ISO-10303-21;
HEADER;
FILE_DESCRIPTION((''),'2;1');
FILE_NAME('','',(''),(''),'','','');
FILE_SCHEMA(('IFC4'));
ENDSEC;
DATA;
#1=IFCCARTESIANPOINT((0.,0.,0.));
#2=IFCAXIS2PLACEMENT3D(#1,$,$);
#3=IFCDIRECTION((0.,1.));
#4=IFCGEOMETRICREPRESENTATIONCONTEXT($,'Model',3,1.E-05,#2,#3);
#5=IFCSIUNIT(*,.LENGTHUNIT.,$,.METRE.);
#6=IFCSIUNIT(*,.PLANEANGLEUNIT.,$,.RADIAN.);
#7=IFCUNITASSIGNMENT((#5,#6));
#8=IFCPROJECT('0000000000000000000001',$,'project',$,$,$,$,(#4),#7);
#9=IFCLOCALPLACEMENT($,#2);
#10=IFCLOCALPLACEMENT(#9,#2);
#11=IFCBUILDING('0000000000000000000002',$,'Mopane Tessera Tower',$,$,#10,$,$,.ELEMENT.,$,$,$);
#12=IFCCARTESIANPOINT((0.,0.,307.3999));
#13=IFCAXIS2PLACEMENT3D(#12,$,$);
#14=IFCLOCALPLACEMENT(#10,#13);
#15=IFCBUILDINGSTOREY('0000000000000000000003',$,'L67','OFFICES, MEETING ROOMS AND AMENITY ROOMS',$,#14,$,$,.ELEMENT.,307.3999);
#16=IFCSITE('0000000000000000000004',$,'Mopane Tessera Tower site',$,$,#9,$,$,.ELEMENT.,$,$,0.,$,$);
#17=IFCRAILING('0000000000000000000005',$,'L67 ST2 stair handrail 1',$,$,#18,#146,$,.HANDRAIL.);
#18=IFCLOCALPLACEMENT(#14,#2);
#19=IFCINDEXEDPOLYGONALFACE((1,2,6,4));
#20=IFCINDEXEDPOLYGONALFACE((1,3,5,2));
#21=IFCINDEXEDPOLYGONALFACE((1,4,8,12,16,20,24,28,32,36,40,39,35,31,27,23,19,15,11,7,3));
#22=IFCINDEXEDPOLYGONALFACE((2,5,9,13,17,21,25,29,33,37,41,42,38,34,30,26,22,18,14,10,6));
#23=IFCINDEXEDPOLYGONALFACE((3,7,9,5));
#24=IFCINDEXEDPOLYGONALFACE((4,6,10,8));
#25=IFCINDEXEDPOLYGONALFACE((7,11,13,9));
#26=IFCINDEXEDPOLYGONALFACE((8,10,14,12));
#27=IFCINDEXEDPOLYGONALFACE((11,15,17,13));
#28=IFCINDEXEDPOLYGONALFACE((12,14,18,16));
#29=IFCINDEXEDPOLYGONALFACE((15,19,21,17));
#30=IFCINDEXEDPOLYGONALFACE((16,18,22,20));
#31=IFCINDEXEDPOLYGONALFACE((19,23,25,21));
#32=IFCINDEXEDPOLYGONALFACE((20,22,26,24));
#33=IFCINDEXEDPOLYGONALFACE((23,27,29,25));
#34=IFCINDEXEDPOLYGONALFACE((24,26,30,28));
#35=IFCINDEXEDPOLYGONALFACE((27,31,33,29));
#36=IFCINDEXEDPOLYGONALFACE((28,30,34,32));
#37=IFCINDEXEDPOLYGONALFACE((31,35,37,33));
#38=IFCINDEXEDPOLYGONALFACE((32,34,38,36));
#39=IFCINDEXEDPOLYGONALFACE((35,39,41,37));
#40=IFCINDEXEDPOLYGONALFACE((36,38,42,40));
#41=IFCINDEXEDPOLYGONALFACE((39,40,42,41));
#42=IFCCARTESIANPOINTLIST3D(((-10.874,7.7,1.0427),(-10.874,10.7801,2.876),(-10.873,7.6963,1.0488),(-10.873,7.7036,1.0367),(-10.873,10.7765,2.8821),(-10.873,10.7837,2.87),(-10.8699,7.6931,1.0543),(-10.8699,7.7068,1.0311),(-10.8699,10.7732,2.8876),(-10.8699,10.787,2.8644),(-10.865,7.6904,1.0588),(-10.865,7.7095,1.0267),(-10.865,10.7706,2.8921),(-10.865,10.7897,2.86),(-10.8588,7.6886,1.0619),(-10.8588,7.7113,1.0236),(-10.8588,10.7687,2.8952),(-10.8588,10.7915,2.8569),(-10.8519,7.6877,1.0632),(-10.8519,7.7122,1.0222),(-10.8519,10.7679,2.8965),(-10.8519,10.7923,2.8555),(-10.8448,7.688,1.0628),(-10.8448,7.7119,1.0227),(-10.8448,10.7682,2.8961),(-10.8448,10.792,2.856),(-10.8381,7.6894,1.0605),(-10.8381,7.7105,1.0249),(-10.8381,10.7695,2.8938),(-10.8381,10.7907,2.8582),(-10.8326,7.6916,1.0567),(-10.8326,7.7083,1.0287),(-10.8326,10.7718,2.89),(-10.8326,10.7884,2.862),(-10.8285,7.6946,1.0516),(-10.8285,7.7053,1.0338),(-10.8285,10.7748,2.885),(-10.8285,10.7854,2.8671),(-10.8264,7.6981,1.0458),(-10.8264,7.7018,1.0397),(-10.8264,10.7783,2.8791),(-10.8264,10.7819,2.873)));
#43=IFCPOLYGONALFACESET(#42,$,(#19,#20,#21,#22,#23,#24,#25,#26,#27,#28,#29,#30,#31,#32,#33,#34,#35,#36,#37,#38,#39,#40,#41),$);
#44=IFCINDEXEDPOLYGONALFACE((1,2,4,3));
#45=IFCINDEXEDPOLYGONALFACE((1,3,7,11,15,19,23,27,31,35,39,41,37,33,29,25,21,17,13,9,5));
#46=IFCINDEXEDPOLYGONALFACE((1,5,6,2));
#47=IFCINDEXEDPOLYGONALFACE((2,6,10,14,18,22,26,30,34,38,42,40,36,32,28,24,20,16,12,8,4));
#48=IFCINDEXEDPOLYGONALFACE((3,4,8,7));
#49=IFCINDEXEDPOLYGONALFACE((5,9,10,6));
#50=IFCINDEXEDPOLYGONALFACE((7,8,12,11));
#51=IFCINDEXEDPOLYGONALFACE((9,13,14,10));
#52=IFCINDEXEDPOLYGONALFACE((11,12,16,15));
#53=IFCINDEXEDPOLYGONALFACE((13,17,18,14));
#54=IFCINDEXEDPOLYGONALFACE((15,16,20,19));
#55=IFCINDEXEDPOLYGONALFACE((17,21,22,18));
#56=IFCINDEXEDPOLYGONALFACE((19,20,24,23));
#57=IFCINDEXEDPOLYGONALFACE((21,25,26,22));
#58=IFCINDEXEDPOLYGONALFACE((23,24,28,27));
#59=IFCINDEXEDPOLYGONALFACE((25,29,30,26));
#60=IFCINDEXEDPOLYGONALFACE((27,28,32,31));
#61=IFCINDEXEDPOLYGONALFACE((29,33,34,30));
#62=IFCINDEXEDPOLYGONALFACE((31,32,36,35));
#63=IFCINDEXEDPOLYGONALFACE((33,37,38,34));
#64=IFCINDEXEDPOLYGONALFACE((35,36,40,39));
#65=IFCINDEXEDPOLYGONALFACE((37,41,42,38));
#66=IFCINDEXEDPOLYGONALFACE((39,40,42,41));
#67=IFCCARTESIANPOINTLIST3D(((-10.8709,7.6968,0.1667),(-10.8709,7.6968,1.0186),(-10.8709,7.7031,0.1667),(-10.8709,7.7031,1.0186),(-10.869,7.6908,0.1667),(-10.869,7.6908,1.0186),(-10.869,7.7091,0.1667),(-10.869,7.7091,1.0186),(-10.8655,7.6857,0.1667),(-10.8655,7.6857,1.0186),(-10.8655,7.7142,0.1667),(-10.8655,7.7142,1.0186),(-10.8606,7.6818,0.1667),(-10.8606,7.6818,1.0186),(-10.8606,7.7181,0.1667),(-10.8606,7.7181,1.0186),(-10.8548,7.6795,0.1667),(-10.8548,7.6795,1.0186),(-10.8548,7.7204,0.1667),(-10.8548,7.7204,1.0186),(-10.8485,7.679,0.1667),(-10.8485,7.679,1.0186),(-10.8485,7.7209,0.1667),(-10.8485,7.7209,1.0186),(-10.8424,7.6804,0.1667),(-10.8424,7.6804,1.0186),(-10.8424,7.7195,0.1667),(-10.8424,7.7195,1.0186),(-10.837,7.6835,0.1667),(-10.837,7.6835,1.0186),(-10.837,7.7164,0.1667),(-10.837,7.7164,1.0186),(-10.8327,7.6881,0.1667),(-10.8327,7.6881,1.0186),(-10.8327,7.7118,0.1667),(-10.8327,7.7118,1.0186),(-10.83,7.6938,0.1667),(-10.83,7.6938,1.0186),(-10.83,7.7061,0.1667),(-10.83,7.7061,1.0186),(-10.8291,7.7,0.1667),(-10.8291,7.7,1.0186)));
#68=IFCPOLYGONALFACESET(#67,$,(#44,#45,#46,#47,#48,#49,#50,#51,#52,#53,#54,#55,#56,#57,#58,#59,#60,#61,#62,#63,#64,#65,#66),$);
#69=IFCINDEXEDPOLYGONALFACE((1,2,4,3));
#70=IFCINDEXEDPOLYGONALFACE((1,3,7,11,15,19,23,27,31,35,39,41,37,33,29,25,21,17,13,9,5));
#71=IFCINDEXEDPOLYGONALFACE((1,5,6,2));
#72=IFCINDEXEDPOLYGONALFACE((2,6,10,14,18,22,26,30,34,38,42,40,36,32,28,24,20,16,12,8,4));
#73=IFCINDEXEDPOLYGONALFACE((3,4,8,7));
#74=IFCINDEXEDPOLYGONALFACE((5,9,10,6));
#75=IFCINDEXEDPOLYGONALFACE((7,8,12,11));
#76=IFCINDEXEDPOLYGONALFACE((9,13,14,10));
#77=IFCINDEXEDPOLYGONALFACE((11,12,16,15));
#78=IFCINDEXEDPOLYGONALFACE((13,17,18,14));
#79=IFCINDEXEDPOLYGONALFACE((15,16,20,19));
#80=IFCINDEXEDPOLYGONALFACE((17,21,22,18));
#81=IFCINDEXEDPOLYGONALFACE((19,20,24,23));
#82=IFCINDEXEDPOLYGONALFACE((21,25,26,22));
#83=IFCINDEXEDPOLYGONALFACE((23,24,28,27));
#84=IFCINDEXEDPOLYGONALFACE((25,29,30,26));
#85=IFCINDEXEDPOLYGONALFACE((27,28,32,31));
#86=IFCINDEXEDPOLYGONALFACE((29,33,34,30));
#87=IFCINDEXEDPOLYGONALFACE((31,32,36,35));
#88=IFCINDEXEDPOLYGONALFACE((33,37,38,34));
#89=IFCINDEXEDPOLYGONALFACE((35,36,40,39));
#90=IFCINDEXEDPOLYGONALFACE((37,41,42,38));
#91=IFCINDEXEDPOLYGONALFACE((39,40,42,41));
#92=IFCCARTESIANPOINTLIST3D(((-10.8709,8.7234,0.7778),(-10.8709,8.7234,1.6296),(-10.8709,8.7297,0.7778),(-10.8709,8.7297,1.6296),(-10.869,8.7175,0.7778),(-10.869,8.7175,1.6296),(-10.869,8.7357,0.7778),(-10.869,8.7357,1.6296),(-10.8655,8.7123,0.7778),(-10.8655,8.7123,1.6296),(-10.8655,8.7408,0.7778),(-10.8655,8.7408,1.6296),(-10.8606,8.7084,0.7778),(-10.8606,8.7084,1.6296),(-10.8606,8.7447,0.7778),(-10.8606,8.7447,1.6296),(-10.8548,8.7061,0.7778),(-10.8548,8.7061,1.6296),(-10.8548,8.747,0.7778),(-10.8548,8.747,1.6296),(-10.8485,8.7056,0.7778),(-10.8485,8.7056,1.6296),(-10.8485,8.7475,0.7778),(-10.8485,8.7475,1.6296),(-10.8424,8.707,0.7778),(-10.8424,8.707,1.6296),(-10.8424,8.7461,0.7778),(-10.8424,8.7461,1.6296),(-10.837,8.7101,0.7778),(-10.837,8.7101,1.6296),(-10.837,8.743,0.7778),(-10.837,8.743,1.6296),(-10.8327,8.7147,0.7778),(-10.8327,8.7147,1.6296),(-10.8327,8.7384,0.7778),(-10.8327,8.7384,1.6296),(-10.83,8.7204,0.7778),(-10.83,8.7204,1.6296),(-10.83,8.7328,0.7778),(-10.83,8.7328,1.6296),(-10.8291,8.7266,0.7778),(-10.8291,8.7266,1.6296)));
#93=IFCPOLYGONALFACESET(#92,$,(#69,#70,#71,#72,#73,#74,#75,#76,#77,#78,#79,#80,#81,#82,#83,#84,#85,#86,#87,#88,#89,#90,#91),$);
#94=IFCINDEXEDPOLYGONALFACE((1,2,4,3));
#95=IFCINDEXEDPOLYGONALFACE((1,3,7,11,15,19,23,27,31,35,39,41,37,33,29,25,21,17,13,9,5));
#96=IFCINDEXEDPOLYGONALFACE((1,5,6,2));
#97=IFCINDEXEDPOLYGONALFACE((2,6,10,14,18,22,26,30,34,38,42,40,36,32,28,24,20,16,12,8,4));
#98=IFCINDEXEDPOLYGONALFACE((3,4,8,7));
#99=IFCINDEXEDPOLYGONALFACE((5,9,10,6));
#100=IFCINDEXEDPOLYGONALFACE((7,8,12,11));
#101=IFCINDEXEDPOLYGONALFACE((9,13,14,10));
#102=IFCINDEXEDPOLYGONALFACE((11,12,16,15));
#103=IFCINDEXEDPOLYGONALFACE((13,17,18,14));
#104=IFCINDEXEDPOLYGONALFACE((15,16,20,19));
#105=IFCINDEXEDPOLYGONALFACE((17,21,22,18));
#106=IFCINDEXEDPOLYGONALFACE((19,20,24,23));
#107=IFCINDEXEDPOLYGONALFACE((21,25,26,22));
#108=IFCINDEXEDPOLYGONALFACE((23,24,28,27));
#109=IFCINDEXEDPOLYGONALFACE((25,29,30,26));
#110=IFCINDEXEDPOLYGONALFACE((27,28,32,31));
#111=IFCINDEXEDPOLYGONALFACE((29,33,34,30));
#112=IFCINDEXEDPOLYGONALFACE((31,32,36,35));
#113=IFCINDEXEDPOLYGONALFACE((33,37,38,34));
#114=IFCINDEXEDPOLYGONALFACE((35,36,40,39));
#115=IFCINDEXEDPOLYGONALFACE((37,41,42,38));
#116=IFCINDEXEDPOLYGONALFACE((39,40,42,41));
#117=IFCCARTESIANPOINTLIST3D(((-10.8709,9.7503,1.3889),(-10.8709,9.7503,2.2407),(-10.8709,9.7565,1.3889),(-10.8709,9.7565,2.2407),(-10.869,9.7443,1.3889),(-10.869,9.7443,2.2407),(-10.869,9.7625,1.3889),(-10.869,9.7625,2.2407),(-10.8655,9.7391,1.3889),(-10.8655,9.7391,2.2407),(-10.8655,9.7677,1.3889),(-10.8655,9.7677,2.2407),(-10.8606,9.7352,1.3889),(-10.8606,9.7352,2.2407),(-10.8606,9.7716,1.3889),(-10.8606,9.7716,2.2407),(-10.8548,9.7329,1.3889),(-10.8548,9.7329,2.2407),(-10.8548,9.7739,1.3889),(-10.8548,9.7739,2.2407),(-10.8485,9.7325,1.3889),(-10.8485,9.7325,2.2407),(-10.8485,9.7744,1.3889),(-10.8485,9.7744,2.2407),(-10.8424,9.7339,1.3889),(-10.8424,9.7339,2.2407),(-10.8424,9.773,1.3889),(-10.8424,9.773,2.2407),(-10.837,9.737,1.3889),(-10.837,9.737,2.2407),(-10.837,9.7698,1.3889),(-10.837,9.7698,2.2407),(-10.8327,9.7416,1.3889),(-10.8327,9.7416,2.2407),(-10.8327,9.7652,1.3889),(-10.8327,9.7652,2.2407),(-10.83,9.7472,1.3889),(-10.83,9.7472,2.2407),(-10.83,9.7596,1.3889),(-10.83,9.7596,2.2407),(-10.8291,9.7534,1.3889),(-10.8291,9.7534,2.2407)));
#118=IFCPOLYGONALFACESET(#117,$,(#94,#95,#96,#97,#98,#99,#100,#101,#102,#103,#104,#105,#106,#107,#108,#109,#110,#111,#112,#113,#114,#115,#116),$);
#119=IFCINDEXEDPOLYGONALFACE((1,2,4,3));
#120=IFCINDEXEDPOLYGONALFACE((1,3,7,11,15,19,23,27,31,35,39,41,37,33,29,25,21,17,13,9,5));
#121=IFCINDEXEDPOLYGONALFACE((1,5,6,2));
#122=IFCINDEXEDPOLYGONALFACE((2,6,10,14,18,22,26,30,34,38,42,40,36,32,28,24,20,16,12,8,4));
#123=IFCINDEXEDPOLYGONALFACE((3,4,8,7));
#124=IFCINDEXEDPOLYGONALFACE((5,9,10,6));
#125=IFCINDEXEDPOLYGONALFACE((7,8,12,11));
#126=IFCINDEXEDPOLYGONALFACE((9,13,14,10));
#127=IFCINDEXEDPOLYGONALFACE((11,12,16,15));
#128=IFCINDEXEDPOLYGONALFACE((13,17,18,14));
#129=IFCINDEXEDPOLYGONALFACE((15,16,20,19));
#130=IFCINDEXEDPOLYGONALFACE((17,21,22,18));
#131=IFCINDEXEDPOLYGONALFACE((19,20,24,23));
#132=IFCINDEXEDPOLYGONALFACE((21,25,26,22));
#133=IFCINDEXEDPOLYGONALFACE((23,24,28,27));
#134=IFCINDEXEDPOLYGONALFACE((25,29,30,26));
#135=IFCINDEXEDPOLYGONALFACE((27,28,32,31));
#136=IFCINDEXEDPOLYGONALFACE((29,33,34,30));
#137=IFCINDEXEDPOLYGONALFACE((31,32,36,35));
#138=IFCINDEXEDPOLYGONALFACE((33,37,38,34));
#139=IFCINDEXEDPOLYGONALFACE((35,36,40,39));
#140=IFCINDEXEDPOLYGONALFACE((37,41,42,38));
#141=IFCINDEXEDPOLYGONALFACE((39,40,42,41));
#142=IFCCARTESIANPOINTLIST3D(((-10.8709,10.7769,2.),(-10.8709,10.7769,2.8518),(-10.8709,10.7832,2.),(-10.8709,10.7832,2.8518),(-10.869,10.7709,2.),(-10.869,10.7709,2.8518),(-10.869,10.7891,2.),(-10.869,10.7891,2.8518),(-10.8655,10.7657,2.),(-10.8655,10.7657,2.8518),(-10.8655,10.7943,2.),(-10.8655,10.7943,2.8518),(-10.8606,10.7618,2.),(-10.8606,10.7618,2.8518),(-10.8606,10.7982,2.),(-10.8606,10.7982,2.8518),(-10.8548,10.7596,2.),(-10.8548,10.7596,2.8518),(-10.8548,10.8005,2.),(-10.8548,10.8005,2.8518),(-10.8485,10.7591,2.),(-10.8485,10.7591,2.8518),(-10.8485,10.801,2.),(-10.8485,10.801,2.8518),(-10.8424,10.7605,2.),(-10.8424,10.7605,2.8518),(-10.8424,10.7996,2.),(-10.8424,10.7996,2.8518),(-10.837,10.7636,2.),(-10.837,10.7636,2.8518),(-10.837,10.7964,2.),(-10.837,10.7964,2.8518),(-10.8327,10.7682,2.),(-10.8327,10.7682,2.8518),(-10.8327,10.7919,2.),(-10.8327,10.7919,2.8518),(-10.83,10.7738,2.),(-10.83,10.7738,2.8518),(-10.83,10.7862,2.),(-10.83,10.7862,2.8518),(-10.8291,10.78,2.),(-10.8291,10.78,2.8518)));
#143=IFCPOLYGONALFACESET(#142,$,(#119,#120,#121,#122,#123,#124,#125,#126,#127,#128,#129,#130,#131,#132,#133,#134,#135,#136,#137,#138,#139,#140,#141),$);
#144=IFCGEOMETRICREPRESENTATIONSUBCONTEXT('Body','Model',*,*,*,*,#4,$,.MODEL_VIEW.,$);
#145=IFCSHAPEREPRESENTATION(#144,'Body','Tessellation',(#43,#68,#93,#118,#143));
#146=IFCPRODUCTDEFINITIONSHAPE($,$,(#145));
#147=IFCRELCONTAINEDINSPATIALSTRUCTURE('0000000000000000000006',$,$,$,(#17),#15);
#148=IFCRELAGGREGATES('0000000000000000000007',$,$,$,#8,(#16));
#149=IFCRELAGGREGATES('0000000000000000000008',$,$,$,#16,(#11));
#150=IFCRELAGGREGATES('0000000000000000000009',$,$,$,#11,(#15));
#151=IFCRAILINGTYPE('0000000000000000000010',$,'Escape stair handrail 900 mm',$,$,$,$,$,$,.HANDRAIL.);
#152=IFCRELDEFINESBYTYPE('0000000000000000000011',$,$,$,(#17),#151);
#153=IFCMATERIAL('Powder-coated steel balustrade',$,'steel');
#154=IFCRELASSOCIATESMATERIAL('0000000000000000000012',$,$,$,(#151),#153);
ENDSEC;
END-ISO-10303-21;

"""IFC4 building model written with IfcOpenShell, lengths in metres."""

from ifc_helpers import new_model, si_unit, direction, frame, origin, origin_2d, place, context, subcontext, project, spatial, circle, extrude, material, type_object, element, save


model = new_model("IFC4")

# Units and contexts
model_context = context("Model", 3, precision=1e-05, world=origin(), true_north=direction((0.0, 1.0)))
body_context = subcontext(model_context, "Body", "Model", "MODEL_VIEW")
ifc_project = project(units=[si_unit("LENGTHUNIT", "METRE"), si_unit("PLANEANGLEUNIT", "RADIAN")], contexts=[model_context])

# Site, building, storey
site_placement = place(None, origin())
site = spatial("IfcSite", under=ifc_project, at=site_placement, Name="Mopane Tessera Tower site", CompositionType="ELEMENT", RefElevation=0.0)
building_placement = place(site_placement, origin())
building = spatial("IfcBuilding", under=site, at=building_placement, Name="Mopane Tessera Tower", CompositionType="ELEMENT")
storey_placement = place(building_placement, frame((0.0, 0.0, 307.3999)))
storey = spatial("IfcBuildingStorey", under=building, at=storey_placement, Name="L67", Description="OFFICES, MEETING ROOMS AND AMENITY ROOMS", CompositionType="ELEMENT", Elevation=307.3999)

# Railing
ifc_material_1 = material(Name="Powder-coated steel balustrade", Category="steel")
railing_type_1 = type_object("IfcRailingType", Name="Escape stair handrail 900 mm", PredefinedType="HANDRAIL", material=ifc_material_1)
railing_1_placement = place(storey_placement, frame((-10.8501, 7.7, 0.1667)))
element("IfcRailing", 1, at=railing_1_placement, inside=storey, type_object=railing_type_1, Name="L67 ST2 stair handrail 1", PredefinedType="HANDRAIL", context=body_context, shape_type="SweptSolid", body=[
    extrude(circle(Radius=0.0239, at=origin_2d()), frame((0.0, 0.0, 0.876), z_axis=(0.0, 0.859309, 0.511458), x_axis=(-1.0, 0.0, 0.0)), (0.0, 0.0, 1.0), 3.5845),
    extrude(circle(Radius=0.021, at=origin_2d()), origin(), (0.0, 0.0, 1.0), 0.8518),
    extrude(circle(Radius=0.021, at=origin_2d()), frame((0.0, 1.0266, 0.6111)), (0.0, 0.0, 1.0), 0.8518),
    extrude(circle(Radius=0.021, at=origin_2d()), frame((0.0, 2.0535, 1.2222)), (0.0, 0.0, 1.0), 0.8518),
    extrude(circle(Radius=0.021, at=origin_2d()), frame((0.0, 3.0801, 1.8333)), (0.0, 0.0, 1.0), 0.8518),
])

save(model, "model.ifc")
